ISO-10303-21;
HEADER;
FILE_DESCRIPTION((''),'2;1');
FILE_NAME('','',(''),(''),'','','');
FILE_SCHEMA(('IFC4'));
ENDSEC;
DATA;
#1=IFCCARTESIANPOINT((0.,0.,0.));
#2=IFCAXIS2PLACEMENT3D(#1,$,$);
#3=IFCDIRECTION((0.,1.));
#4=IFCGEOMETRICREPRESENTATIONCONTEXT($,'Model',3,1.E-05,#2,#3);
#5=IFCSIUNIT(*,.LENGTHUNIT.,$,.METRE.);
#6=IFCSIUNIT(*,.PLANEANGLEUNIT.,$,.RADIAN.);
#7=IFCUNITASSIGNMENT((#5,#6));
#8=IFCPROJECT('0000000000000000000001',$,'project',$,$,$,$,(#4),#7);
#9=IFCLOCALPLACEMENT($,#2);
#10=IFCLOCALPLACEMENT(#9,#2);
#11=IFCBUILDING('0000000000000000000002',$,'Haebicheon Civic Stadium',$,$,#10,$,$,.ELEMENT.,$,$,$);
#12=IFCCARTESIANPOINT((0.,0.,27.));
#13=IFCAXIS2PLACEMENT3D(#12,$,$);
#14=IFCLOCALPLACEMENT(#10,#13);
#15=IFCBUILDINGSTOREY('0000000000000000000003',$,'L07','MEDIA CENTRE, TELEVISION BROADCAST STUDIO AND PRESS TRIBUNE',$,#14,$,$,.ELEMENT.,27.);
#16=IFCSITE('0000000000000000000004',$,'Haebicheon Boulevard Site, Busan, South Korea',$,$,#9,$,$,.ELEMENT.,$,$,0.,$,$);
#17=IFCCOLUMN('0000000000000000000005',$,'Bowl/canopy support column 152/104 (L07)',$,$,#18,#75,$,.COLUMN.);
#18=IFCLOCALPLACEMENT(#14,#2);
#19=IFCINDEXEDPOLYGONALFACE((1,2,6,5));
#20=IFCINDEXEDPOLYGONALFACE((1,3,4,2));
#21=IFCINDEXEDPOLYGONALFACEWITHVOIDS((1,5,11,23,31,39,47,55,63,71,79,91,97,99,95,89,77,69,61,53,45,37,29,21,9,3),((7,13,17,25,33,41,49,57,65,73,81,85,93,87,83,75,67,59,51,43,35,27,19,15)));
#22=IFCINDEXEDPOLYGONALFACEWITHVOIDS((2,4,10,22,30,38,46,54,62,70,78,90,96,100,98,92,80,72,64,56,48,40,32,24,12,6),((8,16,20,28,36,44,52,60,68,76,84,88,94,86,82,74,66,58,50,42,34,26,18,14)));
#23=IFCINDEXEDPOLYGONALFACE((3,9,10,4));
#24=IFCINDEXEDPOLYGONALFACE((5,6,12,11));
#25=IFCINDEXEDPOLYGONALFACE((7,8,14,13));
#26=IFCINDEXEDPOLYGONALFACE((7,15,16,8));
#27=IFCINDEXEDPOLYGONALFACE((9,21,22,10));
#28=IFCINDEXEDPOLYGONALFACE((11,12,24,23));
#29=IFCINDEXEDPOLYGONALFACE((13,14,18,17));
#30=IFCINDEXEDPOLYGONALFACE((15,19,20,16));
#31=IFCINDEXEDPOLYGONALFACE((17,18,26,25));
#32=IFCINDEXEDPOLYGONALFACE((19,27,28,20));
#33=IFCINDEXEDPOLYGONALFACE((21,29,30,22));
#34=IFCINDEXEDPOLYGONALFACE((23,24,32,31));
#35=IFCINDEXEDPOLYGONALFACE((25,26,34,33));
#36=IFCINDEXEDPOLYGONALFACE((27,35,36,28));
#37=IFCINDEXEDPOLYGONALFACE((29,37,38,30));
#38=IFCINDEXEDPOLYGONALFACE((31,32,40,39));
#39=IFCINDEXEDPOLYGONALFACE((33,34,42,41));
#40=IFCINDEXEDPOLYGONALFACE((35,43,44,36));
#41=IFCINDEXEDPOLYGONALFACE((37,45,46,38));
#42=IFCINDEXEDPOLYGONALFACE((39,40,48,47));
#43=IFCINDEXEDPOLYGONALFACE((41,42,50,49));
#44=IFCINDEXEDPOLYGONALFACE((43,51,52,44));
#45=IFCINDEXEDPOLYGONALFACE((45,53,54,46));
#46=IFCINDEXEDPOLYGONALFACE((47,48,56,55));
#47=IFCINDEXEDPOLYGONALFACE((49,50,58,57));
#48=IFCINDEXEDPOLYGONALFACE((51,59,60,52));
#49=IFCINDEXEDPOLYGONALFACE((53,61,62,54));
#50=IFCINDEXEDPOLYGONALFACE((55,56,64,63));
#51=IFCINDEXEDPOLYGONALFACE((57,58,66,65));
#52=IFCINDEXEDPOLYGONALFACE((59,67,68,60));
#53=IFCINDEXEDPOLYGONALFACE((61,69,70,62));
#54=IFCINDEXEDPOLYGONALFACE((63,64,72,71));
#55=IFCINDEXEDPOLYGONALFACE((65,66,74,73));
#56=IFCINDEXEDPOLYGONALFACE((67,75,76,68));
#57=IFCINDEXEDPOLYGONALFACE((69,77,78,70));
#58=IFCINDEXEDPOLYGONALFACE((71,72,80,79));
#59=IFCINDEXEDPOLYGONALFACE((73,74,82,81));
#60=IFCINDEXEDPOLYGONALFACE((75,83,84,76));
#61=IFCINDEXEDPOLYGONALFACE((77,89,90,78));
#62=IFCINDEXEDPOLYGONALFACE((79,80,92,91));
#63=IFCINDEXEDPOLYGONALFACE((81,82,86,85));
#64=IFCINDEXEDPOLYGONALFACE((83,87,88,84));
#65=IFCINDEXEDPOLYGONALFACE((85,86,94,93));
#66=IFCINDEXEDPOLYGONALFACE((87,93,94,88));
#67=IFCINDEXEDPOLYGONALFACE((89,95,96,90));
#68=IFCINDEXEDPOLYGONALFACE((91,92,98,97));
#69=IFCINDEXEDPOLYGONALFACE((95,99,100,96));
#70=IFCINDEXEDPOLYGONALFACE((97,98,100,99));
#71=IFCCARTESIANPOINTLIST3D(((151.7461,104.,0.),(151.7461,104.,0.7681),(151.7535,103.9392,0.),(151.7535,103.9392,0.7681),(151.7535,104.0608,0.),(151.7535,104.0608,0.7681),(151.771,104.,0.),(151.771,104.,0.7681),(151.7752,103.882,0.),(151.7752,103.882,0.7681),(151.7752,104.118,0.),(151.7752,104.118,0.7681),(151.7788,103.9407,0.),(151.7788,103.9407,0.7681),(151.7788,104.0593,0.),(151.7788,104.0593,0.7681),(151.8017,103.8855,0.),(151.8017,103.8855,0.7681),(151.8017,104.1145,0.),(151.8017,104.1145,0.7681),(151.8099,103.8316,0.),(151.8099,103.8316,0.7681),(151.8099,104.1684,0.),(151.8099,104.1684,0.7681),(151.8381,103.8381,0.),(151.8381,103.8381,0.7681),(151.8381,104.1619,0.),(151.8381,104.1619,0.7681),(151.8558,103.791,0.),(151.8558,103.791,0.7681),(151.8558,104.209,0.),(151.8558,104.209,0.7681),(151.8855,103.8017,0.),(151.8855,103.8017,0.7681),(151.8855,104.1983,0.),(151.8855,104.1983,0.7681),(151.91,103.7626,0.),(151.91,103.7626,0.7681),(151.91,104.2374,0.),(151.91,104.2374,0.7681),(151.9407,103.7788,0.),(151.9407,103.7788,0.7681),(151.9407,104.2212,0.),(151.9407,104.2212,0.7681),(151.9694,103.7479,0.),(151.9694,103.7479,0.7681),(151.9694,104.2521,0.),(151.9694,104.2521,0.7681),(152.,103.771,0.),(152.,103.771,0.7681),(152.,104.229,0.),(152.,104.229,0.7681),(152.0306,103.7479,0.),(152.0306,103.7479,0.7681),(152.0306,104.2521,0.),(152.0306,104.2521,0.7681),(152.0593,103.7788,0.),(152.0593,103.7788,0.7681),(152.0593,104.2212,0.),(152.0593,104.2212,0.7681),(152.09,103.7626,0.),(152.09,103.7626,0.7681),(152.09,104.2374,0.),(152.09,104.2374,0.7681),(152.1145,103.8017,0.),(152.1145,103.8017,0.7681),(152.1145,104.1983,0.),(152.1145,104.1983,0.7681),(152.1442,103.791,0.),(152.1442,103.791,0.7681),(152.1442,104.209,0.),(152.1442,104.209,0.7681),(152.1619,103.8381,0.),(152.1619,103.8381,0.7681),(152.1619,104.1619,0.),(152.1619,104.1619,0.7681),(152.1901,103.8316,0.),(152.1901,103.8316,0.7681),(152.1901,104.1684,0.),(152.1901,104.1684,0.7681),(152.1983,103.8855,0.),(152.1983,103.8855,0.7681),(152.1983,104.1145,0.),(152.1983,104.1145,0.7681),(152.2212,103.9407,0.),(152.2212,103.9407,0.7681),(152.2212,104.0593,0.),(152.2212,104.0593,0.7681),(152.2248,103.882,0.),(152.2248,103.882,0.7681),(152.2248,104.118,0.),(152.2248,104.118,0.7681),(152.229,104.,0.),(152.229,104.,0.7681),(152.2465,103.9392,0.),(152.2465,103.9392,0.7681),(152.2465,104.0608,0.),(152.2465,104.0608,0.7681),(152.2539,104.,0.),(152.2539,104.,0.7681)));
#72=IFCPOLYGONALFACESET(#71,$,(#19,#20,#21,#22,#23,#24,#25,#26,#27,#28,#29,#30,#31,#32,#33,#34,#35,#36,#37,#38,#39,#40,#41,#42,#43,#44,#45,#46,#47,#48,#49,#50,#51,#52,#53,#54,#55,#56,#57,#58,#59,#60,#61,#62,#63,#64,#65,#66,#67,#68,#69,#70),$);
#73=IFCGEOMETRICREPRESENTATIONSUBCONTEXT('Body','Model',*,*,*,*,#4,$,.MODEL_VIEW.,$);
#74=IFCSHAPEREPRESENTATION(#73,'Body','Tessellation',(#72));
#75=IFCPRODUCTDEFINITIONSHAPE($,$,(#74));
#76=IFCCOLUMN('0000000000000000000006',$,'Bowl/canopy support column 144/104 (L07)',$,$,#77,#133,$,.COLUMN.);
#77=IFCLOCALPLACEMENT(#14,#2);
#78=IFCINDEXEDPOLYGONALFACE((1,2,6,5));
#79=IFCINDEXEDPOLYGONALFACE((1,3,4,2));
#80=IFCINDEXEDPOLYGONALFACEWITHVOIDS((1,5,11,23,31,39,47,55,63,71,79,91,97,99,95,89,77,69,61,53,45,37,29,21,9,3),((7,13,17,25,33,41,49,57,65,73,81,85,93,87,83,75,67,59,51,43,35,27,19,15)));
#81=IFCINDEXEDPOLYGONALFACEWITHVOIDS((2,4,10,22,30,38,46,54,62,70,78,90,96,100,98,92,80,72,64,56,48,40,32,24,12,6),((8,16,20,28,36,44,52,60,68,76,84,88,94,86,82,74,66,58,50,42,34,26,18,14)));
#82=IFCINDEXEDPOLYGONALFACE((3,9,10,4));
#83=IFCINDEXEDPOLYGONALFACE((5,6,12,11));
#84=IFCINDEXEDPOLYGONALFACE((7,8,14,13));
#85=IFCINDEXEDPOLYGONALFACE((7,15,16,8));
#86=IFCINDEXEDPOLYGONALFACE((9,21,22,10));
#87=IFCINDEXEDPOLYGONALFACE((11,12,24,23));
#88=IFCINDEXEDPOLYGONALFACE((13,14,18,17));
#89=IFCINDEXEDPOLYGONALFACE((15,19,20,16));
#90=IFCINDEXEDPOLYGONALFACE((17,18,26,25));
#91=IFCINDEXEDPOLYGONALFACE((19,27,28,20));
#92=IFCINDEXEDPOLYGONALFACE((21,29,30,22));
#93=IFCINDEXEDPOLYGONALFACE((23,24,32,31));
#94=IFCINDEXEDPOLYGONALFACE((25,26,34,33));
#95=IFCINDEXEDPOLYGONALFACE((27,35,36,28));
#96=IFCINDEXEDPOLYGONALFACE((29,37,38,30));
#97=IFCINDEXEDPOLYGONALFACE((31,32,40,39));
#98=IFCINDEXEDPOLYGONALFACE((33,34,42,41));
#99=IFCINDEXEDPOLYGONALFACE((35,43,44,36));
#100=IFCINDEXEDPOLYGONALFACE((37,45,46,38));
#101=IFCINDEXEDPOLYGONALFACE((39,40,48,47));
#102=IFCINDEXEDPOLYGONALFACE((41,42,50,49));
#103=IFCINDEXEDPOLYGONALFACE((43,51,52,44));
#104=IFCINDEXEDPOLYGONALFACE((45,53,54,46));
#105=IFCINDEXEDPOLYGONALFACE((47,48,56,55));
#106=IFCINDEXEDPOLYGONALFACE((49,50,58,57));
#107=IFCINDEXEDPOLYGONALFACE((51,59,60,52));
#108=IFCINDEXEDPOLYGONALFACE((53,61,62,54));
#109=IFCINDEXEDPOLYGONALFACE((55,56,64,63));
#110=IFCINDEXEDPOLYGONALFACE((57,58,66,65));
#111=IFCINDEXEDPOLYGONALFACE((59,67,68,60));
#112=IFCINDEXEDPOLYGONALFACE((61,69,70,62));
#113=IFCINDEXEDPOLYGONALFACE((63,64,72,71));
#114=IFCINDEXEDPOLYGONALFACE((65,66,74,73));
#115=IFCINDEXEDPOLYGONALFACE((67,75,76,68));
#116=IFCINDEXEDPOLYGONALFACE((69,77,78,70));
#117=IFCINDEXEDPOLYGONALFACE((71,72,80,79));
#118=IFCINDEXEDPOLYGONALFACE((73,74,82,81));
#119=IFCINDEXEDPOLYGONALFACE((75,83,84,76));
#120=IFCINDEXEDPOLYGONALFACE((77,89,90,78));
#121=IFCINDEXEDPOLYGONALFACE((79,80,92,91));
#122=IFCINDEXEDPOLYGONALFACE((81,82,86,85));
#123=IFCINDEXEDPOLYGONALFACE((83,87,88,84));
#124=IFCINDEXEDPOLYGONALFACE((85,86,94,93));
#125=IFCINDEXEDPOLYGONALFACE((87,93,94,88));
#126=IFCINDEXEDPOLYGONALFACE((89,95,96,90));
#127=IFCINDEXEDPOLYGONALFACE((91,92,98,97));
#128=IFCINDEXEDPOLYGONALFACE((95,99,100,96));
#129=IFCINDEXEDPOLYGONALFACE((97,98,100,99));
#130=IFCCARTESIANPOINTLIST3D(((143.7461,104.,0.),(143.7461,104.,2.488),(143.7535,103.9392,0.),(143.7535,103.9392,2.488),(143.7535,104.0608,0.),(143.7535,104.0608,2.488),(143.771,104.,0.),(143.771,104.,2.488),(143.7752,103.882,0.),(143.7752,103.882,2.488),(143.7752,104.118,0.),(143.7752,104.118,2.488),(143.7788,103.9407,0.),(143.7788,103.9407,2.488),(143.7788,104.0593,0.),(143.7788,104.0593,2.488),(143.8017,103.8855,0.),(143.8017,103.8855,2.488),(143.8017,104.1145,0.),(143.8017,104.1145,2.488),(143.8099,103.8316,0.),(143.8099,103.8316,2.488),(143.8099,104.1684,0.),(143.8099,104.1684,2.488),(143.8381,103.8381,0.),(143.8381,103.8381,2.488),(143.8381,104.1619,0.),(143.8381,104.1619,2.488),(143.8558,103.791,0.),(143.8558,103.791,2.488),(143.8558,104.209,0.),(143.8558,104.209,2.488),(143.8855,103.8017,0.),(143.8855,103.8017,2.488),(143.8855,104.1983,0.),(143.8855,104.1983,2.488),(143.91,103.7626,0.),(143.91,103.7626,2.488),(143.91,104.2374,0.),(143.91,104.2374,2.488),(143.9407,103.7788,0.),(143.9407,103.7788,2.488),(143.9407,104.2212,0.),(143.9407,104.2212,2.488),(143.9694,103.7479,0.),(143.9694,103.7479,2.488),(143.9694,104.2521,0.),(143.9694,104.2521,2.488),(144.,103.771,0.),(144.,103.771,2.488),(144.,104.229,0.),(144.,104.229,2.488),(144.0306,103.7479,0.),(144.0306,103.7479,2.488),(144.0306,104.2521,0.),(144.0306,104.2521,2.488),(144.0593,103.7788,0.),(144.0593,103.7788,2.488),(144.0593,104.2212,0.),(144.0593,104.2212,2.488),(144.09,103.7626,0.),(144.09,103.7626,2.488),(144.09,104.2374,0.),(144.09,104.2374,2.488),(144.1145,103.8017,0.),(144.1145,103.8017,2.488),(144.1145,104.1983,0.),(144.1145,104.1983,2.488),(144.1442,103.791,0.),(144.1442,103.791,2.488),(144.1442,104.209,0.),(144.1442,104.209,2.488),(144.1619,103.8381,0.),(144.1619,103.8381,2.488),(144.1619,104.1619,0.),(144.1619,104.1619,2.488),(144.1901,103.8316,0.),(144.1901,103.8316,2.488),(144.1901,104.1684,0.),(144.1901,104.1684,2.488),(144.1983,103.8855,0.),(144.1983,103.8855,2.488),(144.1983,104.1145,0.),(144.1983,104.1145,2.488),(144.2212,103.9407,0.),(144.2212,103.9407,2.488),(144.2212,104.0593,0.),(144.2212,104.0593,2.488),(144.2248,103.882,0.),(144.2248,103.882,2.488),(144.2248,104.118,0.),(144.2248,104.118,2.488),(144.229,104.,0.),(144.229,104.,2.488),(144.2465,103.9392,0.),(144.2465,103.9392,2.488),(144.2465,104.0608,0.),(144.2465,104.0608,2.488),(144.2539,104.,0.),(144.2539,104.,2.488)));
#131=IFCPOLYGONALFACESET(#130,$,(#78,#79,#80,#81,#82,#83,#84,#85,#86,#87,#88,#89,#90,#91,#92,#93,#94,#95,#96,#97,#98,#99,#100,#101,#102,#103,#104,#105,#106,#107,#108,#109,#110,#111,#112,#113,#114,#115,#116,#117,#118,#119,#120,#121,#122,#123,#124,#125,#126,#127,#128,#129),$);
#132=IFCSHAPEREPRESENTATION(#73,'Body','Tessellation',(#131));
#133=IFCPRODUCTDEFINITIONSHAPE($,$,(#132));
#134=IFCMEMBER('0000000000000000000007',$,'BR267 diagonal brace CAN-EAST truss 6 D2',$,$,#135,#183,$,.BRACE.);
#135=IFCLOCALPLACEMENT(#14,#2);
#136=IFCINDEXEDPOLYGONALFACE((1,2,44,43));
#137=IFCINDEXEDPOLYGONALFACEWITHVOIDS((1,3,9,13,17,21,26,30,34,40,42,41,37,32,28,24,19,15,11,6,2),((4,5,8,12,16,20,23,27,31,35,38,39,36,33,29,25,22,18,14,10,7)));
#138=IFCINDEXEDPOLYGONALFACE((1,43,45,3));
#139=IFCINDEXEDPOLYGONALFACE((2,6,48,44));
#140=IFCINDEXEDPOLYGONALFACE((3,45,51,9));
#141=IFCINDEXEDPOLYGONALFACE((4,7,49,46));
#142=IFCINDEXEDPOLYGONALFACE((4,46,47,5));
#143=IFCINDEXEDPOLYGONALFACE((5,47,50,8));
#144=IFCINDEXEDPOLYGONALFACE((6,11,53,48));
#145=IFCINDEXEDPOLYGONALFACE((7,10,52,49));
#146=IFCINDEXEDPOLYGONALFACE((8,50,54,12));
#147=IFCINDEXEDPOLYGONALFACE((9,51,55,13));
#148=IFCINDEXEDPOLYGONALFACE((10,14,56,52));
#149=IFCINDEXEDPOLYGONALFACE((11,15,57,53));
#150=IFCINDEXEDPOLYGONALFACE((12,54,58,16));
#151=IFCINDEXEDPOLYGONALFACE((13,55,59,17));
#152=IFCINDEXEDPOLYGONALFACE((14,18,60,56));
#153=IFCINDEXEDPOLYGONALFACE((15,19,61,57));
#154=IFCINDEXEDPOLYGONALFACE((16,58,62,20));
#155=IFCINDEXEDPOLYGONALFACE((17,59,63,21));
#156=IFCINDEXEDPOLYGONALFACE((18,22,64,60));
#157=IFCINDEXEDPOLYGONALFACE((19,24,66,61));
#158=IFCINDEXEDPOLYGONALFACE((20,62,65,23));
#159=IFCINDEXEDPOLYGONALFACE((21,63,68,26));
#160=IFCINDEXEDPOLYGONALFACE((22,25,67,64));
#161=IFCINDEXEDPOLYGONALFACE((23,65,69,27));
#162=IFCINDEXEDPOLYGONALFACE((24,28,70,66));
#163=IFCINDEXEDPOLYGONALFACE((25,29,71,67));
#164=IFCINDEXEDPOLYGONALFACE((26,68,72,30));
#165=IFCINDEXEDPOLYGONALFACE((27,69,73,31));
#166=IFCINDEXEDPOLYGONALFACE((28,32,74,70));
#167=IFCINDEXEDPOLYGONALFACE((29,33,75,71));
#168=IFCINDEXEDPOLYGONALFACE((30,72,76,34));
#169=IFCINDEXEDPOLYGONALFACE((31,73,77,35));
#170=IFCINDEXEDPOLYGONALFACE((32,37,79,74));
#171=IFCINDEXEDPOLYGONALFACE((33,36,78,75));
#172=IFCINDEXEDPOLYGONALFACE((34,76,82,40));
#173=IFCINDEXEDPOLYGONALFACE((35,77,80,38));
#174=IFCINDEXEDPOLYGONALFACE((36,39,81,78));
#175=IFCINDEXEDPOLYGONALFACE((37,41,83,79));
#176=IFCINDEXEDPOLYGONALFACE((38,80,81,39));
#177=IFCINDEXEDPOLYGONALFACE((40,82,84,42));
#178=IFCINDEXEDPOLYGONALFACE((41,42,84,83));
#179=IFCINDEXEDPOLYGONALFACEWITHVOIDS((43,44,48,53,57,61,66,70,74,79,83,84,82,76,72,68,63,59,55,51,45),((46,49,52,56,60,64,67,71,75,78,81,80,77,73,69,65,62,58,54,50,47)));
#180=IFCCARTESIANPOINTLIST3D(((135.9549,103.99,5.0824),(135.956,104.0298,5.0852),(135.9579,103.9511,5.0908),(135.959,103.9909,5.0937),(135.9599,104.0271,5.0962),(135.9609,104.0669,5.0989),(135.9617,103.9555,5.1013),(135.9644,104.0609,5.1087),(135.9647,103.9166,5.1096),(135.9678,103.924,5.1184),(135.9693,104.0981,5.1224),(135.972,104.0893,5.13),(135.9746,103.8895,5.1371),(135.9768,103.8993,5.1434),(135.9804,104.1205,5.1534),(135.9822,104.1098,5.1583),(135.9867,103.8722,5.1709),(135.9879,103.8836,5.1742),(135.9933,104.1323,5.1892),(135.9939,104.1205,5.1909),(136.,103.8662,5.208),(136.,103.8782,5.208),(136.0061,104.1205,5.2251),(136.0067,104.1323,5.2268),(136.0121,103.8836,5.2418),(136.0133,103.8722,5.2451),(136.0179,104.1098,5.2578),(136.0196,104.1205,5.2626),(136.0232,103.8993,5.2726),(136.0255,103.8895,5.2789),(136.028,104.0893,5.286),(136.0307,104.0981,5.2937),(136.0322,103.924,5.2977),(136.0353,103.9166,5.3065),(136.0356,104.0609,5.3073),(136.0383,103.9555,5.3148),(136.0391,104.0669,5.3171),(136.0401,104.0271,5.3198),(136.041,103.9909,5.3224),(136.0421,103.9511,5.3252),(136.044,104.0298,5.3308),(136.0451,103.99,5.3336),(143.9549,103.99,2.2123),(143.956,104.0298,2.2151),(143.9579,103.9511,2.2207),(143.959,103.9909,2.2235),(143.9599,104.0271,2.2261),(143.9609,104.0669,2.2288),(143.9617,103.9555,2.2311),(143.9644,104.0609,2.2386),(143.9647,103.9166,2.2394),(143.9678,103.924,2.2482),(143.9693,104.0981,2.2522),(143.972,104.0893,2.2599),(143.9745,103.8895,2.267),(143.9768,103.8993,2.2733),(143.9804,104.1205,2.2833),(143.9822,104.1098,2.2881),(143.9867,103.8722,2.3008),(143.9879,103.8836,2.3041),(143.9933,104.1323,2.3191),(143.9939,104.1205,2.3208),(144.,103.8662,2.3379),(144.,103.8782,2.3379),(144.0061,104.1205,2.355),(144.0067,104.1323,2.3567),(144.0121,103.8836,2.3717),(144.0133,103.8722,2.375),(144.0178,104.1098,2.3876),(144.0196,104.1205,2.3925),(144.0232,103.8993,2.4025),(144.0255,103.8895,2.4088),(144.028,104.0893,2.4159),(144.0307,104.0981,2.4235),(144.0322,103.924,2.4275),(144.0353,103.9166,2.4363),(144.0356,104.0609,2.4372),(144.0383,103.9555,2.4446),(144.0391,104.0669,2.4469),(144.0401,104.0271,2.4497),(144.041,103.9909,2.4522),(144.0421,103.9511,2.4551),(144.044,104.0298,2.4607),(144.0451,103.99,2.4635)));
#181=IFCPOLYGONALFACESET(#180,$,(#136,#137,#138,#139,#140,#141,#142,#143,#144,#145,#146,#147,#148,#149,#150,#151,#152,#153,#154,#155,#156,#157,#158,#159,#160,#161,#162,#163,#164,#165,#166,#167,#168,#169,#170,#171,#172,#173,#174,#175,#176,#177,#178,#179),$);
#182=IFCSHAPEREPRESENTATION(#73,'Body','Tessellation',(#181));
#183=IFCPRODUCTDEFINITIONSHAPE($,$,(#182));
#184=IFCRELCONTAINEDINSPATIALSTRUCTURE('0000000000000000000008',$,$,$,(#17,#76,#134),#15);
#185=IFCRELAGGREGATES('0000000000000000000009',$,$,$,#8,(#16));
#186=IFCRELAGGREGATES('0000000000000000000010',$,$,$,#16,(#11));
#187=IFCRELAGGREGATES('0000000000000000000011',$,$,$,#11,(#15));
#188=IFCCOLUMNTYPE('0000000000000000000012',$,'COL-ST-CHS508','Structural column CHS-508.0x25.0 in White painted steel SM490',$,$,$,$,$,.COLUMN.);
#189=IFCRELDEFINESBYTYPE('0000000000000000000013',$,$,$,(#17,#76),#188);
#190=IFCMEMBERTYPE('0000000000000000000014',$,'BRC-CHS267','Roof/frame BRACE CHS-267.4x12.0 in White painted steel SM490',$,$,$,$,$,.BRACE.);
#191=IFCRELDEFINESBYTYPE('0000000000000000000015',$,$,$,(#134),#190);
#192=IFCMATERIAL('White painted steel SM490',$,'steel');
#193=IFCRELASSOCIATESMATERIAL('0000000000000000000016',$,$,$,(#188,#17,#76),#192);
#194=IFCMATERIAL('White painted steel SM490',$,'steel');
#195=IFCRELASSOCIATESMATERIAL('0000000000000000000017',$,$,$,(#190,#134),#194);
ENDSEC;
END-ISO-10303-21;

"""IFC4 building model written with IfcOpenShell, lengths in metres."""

from ifc_helpers import new_model, si_unit, direction, frame, origin, origin_2d, place, context, subcontext, project, spatial, hollow_circle, extrude, material, material_profile, profile_set, type_object, element, save


model = new_model("IFC4")

# Units and contexts
model_context = context("Model", 3, precision=1e-05, world=origin(), true_north=direction((0.0, 1.0)))
body_context = subcontext(model_context, "Body", "Model", "MODEL_VIEW")
ifc_project = project(units=[si_unit("LENGTHUNIT", "METRE"), si_unit("PLANEANGLEUNIT", "RADIAN")], contexts=[model_context])

# Site, building, storey
site_placement = place(None, origin())
site = spatial("IfcSite", under=ifc_project, at=site_placement, Name="Haebicheon Boulevard Site, Busan, South Korea", CompositionType="ELEMENT", RefElevation=0.0)
building_placement = place(site_placement, origin())
building = spatial("IfcBuilding", under=site, at=building_placement, Name="Haebicheon Civic Stadium", CompositionType="ELEMENT")
storey_placement = place(building_placement, frame((0.0, 0.0, 27.0)))
storey = spatial("IfcBuildingStorey", under=building, at=storey_placement, Name="L07", Description="MEDIA CENTRE, TELEVISION BROADCAST STUDIO AND PRESS TRIBUNE", CompositionType="ELEMENT", Elevation=27.0)

# Columns
ifc_material_1 = material(Name="White painted steel SM490", Category="steel")
ifc_material_profile_1 = material_profile(ifc_material_1, hollow_circle(Radius=0.2539, WallThickness=0.0249, at=origin_2d()), Name="CHS-508.0x25.0")
ifc_profile_set_1 = profile_set([ifc_material_profile_1], Name="White painted steel SM490")
column_type = type_object("IfcColumnType", Name="COL-ST-CHS508", Description="Structural column CHS-508.0x25.0 in White painted steel SM490", PredefinedType="COLUMN", material=ifc_profile_set_1)
column_1_placement = place(storey_placement, frame((152.0, 104.0, 0.0), z_axis=(0.0, 0.0, 1.0), x_axis=(1.0, 0.0, 0.0)))
element("IfcColumn", 1, at=column_1_placement, inside=storey, type_object=column_type, material=ifc_profile_set_1, Name="Bowl/canopy support column 152/104 (L07)", PredefinedType="COLUMN", context=body_context, shape_type="SweptSolid", body=[
    extrude(hollow_circle(Radius=0.2539, WallThickness=0.0249, at=origin_2d()), origin(), (0.0, 0.0, 1.0), 0.7681),
])
column_2_placement = place(storey_placement, frame((144.0, 104.0, 0.0), z_axis=(0.0, 0.0, 1.0), x_axis=(1.0, 0.0, 0.0)))
element("IfcColumn", 2, at=column_2_placement, inside=storey, type_object=column_type, material=ifc_profile_set_1, Name="Bowl/canopy support column 144/104 (L07)", PredefinedType="COLUMN", context=body_context, shape_type="SweptSolid", body=[
    extrude(hollow_circle(Radius=0.2539, WallThickness=0.0249, at=origin_2d()), origin(), (0.0, 0.0, 1.0), 2.488),
])

# Member
ifc_material_2 = material(Name="White painted steel SM490", Category="steel")
ifc_material_profile_2 = material_profile(ifc_material_2, hollow_circle(Radius=0.1338, WallThickness=0.012, at=origin_2d()), Name="CHS-267.4x12.0")
ifc_profile_set_2 = profile_set([ifc_material_profile_2], Name="White painted steel SM490")
member_type_1 = type_object("IfcMemberType", Name="BRC-CHS267", Description="Roof/frame BRACE CHS-267.4x12.0 in White painted steel SM490", PredefinedType="BRACE", material=ifc_profile_set_2)
member_1_placement = place(storey_placement, frame((144.0, 104.0, 2.3379), z_axis=(-0.941257, 0.0, 0.33769), x_axis=(0.0, -1.0, 0.0)))
element("IfcMember", 3, at=member_1_placement, inside=storey, type_object=member_type_1, material=ifc_profile_set_2, Name="BR267 diagonal brace CAN-EAST truss 6 D2", PredefinedType="BRACE", context=body_context, shape_type="SweptSolid", body=[
    extrude(hollow_circle(Radius=0.1338, WallThickness=0.012, at=origin_2d()), origin(), (0.0, 0.0, 1.0), 8.4993),
])

save(model, "model.ifc")
